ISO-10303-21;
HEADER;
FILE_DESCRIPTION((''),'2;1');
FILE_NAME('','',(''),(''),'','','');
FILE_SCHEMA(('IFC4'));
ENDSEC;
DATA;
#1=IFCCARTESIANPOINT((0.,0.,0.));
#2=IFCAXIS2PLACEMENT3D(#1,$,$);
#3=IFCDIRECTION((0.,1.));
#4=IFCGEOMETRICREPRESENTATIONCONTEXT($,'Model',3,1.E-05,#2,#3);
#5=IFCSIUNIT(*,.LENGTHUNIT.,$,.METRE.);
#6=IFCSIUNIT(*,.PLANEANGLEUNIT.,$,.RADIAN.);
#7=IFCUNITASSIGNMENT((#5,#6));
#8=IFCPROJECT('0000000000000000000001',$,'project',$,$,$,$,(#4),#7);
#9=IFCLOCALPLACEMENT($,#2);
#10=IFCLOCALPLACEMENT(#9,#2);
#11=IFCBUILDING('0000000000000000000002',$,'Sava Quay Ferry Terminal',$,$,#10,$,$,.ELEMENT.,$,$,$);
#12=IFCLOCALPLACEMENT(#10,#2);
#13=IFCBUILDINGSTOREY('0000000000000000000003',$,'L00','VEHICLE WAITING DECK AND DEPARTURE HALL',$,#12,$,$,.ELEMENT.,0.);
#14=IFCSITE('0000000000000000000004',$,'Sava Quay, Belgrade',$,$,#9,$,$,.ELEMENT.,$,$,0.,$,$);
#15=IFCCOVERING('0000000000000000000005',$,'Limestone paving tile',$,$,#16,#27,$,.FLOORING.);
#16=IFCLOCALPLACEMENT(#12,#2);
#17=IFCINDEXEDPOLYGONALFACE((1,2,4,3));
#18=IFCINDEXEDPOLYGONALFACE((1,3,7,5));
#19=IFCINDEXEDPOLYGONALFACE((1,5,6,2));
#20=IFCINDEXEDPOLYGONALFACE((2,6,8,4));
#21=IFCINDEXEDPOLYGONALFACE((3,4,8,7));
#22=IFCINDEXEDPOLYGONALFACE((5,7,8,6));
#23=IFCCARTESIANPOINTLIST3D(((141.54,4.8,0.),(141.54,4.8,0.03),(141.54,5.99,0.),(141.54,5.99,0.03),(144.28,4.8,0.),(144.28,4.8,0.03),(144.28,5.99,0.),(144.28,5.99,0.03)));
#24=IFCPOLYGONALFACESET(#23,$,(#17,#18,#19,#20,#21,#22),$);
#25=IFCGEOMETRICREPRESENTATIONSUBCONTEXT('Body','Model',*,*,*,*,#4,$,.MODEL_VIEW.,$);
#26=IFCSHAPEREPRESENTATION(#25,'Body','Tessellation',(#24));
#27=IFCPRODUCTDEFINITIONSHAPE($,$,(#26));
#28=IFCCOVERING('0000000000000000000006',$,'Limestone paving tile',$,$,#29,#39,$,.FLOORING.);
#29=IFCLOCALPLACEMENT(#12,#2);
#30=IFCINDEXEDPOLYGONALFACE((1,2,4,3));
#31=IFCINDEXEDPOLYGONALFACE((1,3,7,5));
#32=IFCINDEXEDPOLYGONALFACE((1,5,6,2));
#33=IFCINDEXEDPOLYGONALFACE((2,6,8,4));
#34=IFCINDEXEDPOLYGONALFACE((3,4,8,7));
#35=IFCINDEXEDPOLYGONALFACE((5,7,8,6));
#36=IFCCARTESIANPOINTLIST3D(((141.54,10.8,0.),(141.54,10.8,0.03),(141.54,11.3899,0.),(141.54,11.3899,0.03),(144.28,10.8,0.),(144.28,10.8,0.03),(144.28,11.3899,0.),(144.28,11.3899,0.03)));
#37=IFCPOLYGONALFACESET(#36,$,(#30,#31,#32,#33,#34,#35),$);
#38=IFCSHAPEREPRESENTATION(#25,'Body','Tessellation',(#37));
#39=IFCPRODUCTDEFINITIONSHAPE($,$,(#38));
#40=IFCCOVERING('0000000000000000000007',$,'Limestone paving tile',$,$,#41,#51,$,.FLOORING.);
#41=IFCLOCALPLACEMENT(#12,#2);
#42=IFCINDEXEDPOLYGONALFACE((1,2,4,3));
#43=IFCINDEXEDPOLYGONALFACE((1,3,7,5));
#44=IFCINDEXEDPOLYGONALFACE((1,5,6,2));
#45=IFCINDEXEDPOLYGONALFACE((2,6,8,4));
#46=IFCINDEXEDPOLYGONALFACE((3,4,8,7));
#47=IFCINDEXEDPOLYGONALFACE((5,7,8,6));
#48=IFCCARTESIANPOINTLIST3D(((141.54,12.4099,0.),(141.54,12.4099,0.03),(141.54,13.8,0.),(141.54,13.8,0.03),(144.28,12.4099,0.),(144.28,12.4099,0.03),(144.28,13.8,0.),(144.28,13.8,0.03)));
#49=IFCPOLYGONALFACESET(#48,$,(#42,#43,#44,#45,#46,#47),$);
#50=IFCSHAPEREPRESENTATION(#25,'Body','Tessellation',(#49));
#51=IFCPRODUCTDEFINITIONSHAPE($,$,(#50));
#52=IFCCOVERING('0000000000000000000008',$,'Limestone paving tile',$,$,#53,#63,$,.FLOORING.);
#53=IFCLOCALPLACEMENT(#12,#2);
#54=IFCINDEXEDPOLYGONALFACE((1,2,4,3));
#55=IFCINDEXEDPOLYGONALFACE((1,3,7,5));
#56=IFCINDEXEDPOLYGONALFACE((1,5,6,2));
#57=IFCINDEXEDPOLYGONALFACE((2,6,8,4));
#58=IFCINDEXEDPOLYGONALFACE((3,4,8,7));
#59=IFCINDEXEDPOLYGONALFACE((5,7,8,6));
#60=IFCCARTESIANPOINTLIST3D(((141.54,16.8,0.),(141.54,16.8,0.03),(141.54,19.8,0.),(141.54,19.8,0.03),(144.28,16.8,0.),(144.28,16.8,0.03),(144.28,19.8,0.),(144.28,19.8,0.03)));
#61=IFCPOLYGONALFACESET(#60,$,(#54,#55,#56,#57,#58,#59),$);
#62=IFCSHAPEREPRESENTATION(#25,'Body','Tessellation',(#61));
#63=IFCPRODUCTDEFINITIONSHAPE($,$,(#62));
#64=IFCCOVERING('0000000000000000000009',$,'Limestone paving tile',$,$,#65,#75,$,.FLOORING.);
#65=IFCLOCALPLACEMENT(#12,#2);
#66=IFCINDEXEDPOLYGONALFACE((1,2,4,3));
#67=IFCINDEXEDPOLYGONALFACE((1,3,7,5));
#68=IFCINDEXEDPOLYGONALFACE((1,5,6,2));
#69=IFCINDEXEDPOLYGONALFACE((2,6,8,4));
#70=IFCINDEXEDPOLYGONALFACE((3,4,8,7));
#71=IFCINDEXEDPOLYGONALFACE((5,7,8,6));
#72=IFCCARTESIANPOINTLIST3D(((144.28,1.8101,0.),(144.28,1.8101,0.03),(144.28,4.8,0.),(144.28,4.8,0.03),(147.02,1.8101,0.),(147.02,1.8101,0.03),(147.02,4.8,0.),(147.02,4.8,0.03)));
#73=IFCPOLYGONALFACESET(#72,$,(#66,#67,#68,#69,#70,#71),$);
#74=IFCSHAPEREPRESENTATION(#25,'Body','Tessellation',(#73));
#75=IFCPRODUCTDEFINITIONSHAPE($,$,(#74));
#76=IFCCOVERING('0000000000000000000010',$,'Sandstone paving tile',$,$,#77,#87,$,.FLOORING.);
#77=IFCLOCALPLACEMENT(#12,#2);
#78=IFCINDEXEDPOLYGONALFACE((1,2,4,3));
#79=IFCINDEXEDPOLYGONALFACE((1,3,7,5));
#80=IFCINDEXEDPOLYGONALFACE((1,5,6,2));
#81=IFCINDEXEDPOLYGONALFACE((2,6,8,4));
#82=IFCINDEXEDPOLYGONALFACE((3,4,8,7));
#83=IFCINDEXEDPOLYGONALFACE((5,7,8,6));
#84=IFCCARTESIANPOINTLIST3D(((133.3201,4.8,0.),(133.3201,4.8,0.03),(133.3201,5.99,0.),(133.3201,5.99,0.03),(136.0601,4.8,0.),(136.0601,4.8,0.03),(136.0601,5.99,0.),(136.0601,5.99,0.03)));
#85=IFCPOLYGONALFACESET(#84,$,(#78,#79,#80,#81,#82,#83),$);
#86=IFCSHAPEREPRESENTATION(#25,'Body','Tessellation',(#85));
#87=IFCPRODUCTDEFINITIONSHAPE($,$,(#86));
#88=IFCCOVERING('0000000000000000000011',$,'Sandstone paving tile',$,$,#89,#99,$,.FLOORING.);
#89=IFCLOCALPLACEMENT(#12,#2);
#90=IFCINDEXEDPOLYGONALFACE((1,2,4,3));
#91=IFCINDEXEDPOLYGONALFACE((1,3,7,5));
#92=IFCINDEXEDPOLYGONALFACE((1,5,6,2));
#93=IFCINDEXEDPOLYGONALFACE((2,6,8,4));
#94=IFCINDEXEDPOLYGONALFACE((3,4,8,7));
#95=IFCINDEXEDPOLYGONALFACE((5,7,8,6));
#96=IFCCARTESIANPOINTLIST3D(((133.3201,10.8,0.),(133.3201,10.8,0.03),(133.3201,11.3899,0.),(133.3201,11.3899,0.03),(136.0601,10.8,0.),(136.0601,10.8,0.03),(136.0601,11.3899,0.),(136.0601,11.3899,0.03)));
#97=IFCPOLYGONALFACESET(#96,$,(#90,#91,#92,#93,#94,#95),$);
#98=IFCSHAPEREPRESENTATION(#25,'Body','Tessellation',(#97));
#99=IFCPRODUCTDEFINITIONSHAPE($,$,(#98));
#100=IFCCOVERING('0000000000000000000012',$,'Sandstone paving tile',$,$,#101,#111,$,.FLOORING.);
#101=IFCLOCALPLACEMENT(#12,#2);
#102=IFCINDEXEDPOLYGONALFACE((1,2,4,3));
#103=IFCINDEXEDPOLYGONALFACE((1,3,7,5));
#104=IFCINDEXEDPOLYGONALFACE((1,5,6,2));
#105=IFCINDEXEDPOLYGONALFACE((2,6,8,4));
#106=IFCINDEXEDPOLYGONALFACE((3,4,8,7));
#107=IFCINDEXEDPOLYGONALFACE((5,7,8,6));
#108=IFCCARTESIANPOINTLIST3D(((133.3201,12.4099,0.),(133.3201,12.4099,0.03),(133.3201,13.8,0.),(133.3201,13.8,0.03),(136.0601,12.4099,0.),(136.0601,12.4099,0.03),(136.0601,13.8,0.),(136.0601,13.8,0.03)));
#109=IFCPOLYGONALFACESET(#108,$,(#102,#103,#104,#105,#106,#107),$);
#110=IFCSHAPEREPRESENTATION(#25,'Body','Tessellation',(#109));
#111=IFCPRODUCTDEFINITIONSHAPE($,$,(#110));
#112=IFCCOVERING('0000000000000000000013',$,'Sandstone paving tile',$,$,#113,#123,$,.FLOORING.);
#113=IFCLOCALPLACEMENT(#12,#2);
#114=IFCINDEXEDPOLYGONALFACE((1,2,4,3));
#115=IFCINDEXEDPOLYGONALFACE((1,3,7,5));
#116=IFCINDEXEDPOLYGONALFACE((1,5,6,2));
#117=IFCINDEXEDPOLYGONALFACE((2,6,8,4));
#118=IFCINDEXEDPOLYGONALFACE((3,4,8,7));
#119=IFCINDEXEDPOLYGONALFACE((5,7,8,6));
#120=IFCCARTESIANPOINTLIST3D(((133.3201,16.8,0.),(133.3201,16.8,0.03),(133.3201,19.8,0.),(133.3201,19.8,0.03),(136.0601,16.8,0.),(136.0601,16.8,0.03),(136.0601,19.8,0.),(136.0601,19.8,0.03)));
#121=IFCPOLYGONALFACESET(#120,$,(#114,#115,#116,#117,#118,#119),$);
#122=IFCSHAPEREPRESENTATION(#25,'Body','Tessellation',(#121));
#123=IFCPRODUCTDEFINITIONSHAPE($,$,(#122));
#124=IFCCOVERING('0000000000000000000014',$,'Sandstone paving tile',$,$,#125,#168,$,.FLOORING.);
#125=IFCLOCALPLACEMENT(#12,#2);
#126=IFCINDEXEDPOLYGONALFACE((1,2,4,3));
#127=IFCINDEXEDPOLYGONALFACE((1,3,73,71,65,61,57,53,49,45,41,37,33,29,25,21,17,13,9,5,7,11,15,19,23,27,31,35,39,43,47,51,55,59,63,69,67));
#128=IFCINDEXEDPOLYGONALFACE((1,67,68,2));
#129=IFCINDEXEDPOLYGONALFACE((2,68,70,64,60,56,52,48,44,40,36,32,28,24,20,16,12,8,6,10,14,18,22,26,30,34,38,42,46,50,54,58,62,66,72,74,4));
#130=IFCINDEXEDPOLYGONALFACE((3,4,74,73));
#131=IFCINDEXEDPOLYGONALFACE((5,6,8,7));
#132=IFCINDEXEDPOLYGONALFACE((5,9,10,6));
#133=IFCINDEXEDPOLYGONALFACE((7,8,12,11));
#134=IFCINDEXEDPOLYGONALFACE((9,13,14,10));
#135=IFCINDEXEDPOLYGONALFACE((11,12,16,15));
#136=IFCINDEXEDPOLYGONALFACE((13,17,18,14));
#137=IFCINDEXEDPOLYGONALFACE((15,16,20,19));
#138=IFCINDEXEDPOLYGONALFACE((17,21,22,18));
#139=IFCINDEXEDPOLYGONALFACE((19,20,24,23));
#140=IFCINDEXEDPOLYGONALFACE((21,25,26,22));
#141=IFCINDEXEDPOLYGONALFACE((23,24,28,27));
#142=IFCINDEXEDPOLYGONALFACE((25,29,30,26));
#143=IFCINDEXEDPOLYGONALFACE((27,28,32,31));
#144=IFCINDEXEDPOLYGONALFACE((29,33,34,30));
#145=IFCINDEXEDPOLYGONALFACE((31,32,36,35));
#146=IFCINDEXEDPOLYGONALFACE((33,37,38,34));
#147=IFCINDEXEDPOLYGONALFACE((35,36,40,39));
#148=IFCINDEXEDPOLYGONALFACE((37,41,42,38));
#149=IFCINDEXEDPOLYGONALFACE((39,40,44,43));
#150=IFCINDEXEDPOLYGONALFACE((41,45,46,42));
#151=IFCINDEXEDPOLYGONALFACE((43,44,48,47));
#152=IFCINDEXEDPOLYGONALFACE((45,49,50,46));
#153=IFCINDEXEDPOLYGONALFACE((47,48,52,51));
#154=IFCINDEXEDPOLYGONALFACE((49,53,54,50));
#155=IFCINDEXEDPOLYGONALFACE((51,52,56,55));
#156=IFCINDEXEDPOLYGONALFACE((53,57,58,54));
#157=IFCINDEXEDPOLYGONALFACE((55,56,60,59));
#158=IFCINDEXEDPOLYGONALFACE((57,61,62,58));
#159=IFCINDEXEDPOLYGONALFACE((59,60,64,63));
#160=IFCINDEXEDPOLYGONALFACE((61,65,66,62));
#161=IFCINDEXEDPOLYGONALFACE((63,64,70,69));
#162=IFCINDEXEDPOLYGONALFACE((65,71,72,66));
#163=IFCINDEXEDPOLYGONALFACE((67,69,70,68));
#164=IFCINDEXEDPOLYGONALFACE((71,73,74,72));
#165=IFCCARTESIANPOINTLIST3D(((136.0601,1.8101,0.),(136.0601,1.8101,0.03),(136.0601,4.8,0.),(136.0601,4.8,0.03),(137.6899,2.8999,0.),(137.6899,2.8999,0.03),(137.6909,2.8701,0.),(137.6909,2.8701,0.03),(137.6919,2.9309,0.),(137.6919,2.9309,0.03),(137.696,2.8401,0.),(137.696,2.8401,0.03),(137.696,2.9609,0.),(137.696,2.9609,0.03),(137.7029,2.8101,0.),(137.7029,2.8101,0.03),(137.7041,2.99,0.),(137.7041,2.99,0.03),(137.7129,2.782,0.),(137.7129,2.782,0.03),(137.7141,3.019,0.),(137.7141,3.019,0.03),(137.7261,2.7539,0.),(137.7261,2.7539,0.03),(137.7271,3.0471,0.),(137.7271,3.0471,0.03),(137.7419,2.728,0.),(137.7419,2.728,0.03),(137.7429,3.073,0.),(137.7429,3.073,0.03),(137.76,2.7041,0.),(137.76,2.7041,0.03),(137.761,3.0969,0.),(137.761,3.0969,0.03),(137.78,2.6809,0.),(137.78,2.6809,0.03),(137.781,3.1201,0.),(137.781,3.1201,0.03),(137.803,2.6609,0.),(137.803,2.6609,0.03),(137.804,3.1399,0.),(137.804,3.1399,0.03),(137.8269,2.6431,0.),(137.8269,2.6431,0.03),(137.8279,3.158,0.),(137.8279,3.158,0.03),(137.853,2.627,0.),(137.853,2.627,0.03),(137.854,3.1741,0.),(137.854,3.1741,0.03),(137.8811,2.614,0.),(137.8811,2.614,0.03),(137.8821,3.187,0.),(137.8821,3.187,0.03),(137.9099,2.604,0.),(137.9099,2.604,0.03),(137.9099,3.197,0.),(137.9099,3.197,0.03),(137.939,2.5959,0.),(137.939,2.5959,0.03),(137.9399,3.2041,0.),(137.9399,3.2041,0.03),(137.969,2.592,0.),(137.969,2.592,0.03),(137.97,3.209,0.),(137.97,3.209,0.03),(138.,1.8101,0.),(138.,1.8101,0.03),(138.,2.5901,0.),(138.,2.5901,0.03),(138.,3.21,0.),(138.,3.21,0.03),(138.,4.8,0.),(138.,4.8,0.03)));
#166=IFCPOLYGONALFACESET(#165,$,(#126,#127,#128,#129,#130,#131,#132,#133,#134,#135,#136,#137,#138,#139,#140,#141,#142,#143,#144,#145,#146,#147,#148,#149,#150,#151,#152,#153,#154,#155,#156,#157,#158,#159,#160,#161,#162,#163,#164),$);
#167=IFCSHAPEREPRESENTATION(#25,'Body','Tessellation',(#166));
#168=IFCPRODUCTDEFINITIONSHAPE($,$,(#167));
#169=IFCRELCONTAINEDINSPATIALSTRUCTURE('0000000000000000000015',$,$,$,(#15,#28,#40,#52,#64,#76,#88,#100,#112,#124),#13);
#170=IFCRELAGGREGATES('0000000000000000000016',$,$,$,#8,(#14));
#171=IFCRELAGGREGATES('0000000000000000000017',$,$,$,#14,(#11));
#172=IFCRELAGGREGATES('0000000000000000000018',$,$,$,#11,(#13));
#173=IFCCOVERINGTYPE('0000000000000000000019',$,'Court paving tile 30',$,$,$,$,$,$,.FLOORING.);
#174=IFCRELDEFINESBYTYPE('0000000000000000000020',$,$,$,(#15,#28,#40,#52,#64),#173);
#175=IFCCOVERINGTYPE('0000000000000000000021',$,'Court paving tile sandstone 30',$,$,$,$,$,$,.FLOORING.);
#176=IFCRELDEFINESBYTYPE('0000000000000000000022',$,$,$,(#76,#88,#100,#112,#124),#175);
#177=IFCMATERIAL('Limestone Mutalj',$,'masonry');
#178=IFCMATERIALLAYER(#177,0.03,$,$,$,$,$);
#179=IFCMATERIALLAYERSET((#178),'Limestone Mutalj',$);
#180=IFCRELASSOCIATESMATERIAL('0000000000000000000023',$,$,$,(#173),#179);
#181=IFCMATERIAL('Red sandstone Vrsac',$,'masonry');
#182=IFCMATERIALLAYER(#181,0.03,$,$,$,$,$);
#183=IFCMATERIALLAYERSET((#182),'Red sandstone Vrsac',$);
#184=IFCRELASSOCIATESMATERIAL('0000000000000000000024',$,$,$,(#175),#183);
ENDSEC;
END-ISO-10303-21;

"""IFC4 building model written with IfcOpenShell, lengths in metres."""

from ifc_helpers import new_model, si_unit, direction, origin, place, context, subcontext, project, spatial, polyline, outline, extrude, material, layer, layer_set, type_object, element, save


model = new_model("IFC4")

# Units and contexts
model_context = context("Model", 3, precision=1e-05, world=origin(), true_north=direction((0.0, 1.0)))
body_context = subcontext(model_context, "Body", "Model", "MODEL_VIEW")
ifc_project = project(units=[si_unit("LENGTHUNIT", "METRE"), si_unit("PLANEANGLEUNIT", "RADIAN")], contexts=[model_context])

# Site, building, storey
site_placement = place(None, origin())
site = spatial("IfcSite", under=ifc_project, at=site_placement, Name="Sava Quay, Belgrade", CompositionType="ELEMENT", RefElevation=0.0)
building_placement = place(site_placement, origin())
building = spatial("IfcBuilding", under=site, at=building_placement, Name="Sava Quay Ferry Terminal", CompositionType="ELEMENT")
storey_placement = place(building_placement, origin())
storey = spatial("IfcBuildingStorey", under=building, at=storey_placement, Name="L00", Description="VEHICLE WAITING DECK AND DEPARTURE HALL", CompositionType="ELEMENT", Elevation=0.0)

# Coverings
ifc_material_1 = material(Name="Limestone Mutalj", Category="masonry")
ifc_layer_1 = layer(ifc_material_1, 0.03)
ifc_layer_set_1 = layer_set([ifc_layer_1], Name="Limestone Mutalj")
covering_type_1 = type_object("IfcCoveringType", Name="Court paving tile 30", PredefinedType="FLOORING", material=ifc_layer_set_1)
covering_1_placement = place(storey_placement, origin())
element("IfcCovering", 1, at=covering_1_placement, inside=storey, type_object=covering_type_1, Name="Limestone paving tile", PredefinedType="FLOORING", context=body_context, shape_type="SweptSolid", body=[
    extrude(outline(polyline([(144.28, 4.8), (144.28, 5.99), (141.54, 5.99), (141.54, 4.8), (144.28, 4.8)])), origin(), (0.0, 0.0, 1.0), 0.03),
])
covering_2_placement = place(storey_placement, origin())
element("IfcCovering", 2, at=covering_2_placement, inside=storey, type_object=covering_type_1, Name="Limestone paving tile", PredefinedType="FLOORING", context=body_context, shape_type="SweptSolid", body=[
    extrude(outline(polyline([(144.28, 10.8), (144.28, 11.3899), (141.54, 11.3899), (141.54, 10.8), (144.28, 10.8)])), origin(), (0.0, 0.0, 1.0), 0.03),
])
covering_3_placement = place(storey_placement, origin())
element("IfcCovering", 3, at=covering_3_placement, inside=storey, type_object=covering_type_1, Name="Limestone paving tile", PredefinedType="FLOORING", context=body_context, shape_type="SweptSolid", body=[
    extrude(outline(polyline([(141.54, 13.8), (141.54, 12.4099), (144.28, 12.4099), (144.28, 13.8), (141.54, 13.8)])), origin(), (0.0, 0.0, 1.0), 0.03),
])
covering_4_placement = place(storey_placement, origin())
element("IfcCovering", 4, at=covering_4_placement, inside=storey, type_object=covering_type_1, Name="Limestone paving tile", PredefinedType="FLOORING", context=body_context, shape_type="SweptSolid", body=[
    extrude(outline(polyline([(144.28, 16.8), (144.28, 19.8), (141.54, 19.8), (141.54, 16.8), (144.28, 16.8)])), origin(), (0.0, 0.0, 1.0), 0.03),
])
covering_5_placement = place(storey_placement, origin())
element("IfcCovering", 5, at=covering_5_placement, inside=storey, type_object=covering_type_1, Name="Limestone paving tile", PredefinedType="FLOORING", context=body_context, shape_type="SweptSolid", body=[
    extrude(outline(polyline([(144.28, 4.8), (144.28, 1.8101), (147.02, 1.8101), (147.02, 4.8), (144.28, 4.8)])), origin(), (0.0, 0.0, 1.0), 0.03),
])
ifc_material_2 = material(Name="Red sandstone Vrsac", Category="masonry")
ifc_layer_2 = layer(ifc_material_2, 0.03)
ifc_layer_set_2 = layer_set([ifc_layer_2], Name="Red sandstone Vrsac")
covering_type_2 = type_object("IfcCoveringType", Name="Court paving tile sandstone 30", PredefinedType="FLOORING", material=ifc_layer_set_2)
covering_6_placement = place(storey_placement, origin())
element("IfcCovering", 6, at=covering_6_placement, inside=storey, type_object=covering_type_2, Name="Sandstone paving tile", PredefinedType="FLOORING", context=body_context, shape_type="SweptSolid", body=[
    extrude(outline(polyline([(136.0601, 4.8), (136.0601, 5.99), (133.3201, 5.99), (133.3201, 4.8), (136.0601, 4.8)])), origin(), (0.0, 0.0, 1.0), 0.03),
])
covering_7_placement = place(storey_placement, origin())
element("IfcCovering", 7, at=covering_7_placement, inside=storey, type_object=covering_type_2, Name="Sandstone paving tile", PredefinedType="FLOORING", context=body_context, shape_type="SweptSolid", body=[
    extrude(outline(polyline([(136.0601, 10.8), (136.0601, 11.3899), (133.3201, 11.3899), (133.3201, 10.8), (136.0601, 10.8)])), origin(), (0.0, 0.0, 1.0), 0.03),
])
covering_8_placement = place(storey_placement, origin())
element("IfcCovering", 8, at=covering_8_placement, inside=storey, type_object=covering_type_2, Name="Sandstone paving tile", PredefinedType="FLOORING", context=body_context, shape_type="SweptSolid", body=[
    extrude(outline(polyline([(133.3201, 13.8), (133.3201, 12.4099), (136.0601, 12.4099), (136.0601, 13.8), (133.3201, 13.8)])), origin(), (0.0, 0.0, 1.0), 0.03),
])
covering_9_placement = place(storey_placement, origin())
element("IfcCovering", 9, at=covering_9_placement, inside=storey, type_object=covering_type_2, Name="Sandstone paving tile", PredefinedType="FLOORING", context=body_context, shape_type="SweptSolid", body=[
    extrude(outline(polyline([(136.0601, 16.8), (136.0601, 19.8), (133.3201, 19.8), (133.3201, 16.8), (136.0601, 16.8)])), origin(), (0.0, 0.0, 1.0), 0.03),
])
covering_10_placement = place(storey_placement, origin())
element("IfcCovering", 10, at=covering_10_placement, inside=storey, type_object=covering_type_2, Name="Sandstone paving tile", PredefinedType="FLOORING", context=body_context, shape_type="SweptSolid", body=[
    extrude(outline(polyline([(138.0, 4.8), (136.0601, 4.8), (136.0601, 1.8101), (138.0, 1.8101), (138.0, 2.5901), (137.969, 2.592), (137.939, 2.5959), (137.9099, 2.604), (137.8811, 2.614), (137.853, 2.627), (137.8269, 2.6431), (137.803, 2.6609), (137.78, 2.6809), (137.76, 2.7041), (137.7419, 2.728), (137.7261, 2.7539), (137.7129, 2.782), (137.7029, 2.8101), (137.696, 2.8401), (137.6909, 2.8701), (137.6899, 2.8999), (137.6919, 2.9309), (137.696, 2.9609), (137.7041, 2.99), (137.7141, 3.019), (137.7271, 3.0471), (137.7429, 3.073), (137.761, 3.0969), (137.781, 3.1201), (137.804, 3.1399), (137.8279, 3.158), (137.854, 3.1741), (137.8821, 3.187), (137.9099, 3.197), (137.9399, 3.2041), (137.97, 3.209), (138.0, 3.21), (138.0, 4.8)])), origin(), (0.0, 0.0, 1.0), 0.03),
])

save(model, "model.ifc")
